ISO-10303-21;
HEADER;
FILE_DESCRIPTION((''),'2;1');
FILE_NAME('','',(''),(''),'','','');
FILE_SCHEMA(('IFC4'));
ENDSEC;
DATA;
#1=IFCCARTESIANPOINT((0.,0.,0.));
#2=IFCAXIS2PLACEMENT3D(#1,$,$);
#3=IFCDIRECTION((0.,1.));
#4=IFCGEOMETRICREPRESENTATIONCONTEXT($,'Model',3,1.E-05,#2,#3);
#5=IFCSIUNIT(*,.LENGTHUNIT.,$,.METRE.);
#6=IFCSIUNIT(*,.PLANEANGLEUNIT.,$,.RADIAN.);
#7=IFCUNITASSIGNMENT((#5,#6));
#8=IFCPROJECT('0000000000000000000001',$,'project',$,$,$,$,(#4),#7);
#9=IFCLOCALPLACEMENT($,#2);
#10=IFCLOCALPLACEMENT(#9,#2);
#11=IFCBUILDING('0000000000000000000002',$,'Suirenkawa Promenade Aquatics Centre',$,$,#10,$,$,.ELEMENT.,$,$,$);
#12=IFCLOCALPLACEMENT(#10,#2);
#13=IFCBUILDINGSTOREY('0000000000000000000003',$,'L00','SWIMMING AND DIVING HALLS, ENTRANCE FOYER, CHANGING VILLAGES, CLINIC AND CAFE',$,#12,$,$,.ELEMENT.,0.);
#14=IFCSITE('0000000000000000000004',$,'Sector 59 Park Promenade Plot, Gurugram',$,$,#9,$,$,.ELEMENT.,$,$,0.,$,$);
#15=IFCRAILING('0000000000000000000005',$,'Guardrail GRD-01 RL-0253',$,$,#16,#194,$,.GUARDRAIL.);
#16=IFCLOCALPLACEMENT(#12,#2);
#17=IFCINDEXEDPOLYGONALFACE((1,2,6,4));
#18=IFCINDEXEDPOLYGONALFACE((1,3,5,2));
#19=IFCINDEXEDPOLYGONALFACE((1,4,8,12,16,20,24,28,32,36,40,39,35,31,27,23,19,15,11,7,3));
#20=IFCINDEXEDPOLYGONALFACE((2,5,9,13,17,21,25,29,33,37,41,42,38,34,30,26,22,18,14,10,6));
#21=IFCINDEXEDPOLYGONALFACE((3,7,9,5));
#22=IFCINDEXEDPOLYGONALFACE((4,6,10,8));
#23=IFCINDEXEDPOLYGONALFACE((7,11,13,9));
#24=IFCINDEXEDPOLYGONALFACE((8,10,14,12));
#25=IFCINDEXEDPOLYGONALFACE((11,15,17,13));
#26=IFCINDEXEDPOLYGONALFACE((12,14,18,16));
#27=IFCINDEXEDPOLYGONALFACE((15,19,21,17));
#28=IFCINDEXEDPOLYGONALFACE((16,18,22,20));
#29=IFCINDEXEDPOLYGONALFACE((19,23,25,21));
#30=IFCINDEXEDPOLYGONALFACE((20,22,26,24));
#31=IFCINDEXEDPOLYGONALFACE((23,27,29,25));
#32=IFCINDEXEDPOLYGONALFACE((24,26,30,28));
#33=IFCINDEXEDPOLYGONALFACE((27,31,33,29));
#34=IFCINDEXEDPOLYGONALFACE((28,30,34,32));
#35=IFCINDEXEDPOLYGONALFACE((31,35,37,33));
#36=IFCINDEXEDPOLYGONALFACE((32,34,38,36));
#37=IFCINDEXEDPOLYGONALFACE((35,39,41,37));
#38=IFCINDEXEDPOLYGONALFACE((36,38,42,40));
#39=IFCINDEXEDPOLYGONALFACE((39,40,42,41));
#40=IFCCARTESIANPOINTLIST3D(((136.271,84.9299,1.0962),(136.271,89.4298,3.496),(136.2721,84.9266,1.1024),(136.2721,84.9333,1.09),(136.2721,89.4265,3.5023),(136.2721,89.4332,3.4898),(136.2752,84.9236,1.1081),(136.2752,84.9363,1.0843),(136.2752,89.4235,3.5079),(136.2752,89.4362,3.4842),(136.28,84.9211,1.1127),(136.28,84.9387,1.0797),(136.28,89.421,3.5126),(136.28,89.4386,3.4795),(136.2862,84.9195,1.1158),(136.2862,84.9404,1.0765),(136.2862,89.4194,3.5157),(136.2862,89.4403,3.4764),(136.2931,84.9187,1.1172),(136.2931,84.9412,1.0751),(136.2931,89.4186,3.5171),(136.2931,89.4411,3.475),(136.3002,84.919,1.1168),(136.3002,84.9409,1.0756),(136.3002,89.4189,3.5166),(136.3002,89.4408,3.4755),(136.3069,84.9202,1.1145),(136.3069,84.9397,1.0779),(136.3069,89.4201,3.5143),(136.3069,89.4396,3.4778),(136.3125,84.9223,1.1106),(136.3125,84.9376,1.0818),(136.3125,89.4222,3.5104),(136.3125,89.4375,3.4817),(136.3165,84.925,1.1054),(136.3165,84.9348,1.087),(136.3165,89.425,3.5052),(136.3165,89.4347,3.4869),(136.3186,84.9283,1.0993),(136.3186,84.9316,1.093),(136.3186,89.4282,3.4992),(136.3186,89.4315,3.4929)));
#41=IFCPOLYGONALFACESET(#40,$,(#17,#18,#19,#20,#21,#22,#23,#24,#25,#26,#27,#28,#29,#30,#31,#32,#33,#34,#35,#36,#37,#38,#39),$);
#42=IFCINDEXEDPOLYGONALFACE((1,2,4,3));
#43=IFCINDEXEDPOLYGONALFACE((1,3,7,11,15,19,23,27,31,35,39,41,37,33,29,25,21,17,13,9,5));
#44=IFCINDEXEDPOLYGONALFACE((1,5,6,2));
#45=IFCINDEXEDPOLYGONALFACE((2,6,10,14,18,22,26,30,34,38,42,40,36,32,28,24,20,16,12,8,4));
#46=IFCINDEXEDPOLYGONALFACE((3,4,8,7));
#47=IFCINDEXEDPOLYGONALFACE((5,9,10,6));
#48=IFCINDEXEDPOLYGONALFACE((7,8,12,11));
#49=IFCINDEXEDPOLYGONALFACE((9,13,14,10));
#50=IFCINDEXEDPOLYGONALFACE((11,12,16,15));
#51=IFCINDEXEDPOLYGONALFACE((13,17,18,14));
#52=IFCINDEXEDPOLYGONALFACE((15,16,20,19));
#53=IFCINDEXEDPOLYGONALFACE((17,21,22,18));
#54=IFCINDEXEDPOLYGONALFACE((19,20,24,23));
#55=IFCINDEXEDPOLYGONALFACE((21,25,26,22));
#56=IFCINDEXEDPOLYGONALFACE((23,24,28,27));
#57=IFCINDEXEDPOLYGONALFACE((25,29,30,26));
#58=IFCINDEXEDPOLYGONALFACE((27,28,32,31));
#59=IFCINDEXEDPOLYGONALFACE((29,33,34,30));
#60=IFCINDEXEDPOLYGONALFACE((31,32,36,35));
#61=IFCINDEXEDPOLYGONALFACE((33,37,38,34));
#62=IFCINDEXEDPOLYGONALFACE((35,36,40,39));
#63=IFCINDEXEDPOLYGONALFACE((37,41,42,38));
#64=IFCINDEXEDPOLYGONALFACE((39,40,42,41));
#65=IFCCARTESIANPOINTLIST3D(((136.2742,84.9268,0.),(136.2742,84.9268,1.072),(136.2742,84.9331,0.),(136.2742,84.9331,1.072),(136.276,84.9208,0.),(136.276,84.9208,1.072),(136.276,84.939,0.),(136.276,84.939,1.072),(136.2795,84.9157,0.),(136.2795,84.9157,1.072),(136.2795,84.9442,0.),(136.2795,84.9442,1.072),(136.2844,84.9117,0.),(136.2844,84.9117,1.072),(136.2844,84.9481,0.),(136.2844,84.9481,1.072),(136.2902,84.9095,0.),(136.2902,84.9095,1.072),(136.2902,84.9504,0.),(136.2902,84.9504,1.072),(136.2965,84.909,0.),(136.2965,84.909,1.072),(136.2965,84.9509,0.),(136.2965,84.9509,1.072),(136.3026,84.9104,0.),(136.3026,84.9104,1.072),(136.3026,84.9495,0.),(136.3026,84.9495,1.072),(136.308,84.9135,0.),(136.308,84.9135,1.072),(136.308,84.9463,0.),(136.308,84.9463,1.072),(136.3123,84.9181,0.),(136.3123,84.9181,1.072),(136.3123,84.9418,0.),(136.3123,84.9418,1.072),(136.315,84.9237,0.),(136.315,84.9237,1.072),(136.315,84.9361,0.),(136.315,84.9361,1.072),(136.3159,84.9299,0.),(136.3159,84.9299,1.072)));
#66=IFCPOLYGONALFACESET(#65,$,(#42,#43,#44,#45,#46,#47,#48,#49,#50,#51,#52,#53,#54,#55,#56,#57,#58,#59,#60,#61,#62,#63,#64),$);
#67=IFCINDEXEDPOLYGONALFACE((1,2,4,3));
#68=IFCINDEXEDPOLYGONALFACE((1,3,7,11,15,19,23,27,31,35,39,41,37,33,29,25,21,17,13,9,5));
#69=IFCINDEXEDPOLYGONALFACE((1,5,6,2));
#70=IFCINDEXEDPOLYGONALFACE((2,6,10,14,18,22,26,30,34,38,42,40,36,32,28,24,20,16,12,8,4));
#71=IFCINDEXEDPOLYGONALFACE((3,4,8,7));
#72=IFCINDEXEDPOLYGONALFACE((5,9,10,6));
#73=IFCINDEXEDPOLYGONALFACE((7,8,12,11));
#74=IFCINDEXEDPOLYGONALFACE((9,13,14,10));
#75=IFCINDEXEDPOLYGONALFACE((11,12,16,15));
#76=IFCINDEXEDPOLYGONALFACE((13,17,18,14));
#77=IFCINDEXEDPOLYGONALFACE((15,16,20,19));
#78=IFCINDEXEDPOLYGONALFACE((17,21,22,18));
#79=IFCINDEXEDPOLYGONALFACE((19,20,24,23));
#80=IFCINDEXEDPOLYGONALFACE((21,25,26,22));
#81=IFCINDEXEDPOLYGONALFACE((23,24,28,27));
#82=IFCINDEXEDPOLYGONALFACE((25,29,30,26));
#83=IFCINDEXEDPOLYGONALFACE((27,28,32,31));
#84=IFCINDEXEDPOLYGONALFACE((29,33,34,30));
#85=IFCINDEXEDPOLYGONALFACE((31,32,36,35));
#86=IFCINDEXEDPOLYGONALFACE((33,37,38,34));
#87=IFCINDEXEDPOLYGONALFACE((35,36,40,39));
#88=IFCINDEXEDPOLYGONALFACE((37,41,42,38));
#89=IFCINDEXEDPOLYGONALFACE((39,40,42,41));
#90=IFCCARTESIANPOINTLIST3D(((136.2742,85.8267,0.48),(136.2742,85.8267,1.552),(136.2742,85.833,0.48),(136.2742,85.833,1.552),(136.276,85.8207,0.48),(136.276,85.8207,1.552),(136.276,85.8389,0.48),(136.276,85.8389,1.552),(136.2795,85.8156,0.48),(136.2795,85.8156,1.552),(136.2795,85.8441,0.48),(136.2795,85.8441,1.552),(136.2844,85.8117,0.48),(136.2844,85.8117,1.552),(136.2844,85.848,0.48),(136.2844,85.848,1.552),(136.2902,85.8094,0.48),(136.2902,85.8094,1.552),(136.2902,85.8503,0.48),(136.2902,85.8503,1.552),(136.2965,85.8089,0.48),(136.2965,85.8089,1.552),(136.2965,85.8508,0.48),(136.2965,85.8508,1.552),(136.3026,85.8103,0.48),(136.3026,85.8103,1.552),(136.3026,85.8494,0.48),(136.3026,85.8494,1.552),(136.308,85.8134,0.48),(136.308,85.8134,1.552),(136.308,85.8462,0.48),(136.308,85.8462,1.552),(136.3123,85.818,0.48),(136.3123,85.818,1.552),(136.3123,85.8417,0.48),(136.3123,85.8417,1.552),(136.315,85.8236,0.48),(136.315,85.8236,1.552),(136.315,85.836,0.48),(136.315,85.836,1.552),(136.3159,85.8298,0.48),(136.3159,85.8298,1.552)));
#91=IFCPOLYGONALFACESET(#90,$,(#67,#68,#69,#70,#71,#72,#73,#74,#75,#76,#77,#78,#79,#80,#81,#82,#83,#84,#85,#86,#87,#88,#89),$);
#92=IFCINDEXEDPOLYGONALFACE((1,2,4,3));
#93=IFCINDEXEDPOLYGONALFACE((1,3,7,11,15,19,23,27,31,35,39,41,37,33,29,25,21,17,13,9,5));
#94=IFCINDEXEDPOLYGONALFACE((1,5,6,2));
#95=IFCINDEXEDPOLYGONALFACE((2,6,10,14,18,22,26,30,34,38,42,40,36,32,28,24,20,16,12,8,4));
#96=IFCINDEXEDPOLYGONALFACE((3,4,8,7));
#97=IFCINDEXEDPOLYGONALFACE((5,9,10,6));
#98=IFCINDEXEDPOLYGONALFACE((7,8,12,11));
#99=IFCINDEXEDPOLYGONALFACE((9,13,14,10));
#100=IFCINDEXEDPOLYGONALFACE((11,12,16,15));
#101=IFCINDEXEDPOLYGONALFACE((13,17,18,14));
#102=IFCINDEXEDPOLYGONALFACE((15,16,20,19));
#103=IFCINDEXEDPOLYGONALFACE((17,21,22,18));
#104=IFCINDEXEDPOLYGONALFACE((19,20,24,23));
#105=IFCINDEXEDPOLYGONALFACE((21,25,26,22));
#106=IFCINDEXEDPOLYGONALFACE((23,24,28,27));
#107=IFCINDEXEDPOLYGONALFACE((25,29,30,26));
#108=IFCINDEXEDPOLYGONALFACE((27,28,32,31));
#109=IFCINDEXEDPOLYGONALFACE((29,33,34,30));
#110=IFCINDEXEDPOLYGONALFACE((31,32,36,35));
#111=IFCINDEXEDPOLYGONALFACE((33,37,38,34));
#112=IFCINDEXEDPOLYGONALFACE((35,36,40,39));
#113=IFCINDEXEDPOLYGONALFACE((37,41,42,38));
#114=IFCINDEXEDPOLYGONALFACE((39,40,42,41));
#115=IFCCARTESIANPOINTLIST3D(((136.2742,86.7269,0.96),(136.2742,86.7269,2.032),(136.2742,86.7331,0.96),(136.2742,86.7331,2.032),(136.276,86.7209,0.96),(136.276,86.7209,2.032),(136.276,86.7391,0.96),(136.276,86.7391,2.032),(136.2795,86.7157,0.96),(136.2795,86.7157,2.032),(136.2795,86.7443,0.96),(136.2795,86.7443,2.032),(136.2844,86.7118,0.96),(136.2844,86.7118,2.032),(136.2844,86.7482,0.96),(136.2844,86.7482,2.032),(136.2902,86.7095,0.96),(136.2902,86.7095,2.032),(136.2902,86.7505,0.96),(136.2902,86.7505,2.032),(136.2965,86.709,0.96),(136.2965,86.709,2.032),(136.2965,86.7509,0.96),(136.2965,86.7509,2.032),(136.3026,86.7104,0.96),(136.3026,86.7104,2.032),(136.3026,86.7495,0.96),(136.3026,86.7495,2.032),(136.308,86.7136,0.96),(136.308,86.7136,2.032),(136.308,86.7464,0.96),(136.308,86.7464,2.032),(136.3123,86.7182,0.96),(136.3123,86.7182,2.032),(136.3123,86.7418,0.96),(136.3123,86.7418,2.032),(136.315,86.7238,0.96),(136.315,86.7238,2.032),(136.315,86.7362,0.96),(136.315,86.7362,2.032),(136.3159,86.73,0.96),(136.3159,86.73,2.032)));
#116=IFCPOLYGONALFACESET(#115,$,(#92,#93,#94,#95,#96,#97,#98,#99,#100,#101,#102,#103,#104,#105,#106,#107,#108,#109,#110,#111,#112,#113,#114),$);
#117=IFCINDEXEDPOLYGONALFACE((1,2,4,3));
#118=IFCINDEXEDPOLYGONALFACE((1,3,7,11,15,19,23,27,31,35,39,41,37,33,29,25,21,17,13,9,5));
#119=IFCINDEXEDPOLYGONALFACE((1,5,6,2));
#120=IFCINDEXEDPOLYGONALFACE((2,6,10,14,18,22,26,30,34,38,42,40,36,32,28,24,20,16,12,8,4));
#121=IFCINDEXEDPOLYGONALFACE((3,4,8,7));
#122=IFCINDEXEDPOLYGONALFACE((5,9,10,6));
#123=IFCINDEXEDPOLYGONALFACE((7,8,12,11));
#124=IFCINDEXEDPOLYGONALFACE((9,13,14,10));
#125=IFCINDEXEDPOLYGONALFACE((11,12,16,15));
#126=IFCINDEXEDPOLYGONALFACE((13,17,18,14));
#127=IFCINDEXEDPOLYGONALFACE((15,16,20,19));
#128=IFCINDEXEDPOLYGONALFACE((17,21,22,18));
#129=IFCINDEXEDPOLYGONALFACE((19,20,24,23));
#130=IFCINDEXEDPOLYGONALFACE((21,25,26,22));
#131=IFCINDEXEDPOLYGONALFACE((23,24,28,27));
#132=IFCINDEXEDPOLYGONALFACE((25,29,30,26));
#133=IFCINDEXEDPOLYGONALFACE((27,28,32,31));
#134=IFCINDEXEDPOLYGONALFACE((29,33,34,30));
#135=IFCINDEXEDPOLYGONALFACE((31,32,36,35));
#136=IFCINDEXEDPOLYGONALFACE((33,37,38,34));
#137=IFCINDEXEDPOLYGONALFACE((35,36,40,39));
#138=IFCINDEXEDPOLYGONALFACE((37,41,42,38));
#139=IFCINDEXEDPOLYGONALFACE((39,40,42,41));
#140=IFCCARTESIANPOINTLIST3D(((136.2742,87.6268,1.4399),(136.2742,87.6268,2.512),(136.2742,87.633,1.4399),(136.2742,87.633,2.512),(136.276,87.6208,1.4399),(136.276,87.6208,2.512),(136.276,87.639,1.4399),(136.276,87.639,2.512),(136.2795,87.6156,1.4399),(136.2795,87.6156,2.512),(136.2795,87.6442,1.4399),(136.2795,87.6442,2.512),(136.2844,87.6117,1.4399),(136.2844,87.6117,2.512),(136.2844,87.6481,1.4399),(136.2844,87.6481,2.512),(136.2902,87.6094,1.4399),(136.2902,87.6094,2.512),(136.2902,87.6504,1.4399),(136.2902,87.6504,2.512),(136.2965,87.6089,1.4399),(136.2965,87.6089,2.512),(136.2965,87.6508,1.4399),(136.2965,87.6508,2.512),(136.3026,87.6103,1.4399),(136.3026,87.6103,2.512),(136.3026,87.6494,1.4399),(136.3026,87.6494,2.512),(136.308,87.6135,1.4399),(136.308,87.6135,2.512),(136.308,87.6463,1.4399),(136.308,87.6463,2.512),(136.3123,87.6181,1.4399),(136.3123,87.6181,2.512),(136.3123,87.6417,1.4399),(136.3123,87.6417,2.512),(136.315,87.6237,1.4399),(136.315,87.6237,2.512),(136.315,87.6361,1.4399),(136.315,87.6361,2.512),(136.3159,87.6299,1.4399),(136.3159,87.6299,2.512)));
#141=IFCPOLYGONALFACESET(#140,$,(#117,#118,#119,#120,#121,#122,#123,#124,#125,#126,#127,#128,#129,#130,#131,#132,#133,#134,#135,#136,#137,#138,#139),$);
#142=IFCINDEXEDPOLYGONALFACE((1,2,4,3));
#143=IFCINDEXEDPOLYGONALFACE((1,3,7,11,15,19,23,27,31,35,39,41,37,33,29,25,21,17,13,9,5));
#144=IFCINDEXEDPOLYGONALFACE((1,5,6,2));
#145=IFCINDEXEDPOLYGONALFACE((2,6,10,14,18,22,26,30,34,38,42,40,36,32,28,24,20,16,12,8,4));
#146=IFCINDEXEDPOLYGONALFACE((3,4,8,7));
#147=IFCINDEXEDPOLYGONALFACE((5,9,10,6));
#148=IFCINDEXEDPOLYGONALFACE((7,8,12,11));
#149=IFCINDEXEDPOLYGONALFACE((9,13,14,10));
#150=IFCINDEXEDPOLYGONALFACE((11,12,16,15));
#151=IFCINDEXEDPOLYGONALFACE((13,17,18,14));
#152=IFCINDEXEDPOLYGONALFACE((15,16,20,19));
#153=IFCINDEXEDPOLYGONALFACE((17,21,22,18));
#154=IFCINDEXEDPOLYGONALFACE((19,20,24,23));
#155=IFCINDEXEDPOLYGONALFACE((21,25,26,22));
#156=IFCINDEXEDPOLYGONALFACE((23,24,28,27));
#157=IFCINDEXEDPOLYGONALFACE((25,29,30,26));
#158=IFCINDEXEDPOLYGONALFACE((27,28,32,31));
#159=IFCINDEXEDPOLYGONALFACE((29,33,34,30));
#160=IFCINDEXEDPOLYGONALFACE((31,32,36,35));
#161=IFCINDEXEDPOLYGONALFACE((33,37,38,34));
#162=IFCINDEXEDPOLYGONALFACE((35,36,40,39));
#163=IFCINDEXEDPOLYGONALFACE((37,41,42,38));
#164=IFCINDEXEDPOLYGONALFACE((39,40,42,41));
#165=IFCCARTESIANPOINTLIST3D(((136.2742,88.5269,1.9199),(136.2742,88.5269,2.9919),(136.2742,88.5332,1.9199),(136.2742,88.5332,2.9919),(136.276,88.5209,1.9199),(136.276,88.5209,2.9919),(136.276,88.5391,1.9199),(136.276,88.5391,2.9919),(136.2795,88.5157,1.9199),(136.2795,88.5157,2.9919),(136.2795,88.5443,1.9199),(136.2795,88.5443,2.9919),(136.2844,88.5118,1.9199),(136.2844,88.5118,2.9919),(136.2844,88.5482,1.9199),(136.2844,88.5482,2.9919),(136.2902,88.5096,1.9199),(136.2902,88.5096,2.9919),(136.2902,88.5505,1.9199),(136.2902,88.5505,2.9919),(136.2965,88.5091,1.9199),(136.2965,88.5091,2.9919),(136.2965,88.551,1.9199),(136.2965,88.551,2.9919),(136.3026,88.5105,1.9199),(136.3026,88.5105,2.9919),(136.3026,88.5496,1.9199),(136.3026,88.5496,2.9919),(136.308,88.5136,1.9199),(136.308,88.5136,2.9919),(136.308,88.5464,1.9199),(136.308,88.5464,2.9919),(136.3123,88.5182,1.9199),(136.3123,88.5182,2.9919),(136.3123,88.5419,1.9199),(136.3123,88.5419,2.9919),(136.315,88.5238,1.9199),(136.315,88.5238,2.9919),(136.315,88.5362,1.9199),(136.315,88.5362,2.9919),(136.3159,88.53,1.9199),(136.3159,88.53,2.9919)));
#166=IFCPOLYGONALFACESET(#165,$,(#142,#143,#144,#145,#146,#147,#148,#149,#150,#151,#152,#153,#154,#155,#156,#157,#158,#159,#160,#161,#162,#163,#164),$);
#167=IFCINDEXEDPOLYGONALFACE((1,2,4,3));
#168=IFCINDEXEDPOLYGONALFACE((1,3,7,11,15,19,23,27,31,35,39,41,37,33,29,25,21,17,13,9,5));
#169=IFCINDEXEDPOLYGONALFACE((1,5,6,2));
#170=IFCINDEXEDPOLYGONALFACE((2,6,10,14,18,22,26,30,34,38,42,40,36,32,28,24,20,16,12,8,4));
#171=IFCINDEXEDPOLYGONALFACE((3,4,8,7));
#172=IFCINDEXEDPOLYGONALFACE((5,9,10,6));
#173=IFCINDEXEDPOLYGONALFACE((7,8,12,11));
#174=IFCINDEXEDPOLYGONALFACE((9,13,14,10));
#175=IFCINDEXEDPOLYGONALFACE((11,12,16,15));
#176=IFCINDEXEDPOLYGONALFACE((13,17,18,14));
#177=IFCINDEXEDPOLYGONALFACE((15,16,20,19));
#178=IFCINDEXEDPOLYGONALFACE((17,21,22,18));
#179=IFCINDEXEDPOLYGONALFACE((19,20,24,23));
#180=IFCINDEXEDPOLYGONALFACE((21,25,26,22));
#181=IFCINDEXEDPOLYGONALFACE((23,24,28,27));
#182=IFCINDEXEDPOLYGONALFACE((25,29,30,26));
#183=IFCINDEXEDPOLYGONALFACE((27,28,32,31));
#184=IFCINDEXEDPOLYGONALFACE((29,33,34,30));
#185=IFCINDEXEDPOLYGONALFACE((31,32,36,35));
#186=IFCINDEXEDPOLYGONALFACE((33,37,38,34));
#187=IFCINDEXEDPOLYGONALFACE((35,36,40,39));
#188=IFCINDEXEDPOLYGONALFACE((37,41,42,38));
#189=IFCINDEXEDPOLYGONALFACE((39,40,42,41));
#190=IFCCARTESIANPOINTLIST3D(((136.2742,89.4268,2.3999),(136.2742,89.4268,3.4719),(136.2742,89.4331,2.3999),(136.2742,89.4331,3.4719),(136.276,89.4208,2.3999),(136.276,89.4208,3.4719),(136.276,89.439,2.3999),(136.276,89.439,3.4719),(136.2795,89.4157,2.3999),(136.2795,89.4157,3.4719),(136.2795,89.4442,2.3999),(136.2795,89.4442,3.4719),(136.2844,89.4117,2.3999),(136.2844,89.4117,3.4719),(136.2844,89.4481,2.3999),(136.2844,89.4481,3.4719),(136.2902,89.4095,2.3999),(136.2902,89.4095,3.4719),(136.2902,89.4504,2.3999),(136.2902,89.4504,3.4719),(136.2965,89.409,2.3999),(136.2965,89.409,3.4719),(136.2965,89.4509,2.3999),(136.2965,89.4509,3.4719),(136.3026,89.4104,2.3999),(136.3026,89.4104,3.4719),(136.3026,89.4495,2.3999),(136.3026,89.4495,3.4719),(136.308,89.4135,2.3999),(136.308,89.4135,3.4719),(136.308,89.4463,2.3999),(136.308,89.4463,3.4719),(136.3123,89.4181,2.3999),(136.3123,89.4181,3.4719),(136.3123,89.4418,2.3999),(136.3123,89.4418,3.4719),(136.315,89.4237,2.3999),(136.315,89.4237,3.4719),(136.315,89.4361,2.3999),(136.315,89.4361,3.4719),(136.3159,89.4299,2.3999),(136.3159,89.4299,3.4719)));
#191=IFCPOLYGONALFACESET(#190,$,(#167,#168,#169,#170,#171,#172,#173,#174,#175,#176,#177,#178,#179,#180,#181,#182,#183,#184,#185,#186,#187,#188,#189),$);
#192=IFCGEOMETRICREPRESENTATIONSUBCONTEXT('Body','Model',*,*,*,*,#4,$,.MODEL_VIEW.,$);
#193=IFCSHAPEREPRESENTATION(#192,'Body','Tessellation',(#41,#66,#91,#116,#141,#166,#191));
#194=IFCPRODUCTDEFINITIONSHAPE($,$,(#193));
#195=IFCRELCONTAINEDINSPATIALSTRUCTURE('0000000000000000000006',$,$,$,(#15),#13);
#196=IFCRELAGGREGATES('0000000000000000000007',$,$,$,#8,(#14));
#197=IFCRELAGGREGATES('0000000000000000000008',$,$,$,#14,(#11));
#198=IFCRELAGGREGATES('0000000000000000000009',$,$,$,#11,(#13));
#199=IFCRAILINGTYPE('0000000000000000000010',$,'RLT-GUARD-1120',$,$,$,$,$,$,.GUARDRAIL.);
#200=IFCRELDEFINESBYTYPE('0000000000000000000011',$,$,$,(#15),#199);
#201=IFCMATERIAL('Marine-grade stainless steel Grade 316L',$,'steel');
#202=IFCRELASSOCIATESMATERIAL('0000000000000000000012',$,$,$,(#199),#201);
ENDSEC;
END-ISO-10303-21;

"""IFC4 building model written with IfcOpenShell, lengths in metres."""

from ifc_helpers import new_model, si_unit, direction, frame, origin, origin_2d, place, context, subcontext, project, spatial, circle, extrude, material, type_object, element, save


model = new_model("IFC4")

# Units and contexts
model_context = context("Model", 3, precision=1e-05, world=origin(), true_north=direction((0.0, 1.0)))
body_context = subcontext(model_context, "Body", "Model", "MODEL_VIEW")
ifc_project = project(units=[si_unit("LENGTHUNIT", "METRE"), si_unit("PLANEANGLEUNIT", "RADIAN")], contexts=[model_context])

# Site, building, storey
site_placement = place(None, origin())
site = spatial("IfcSite", under=ifc_project, at=site_placement, Name="Sector 59 Park Promenade Plot, Gurugram", CompositionType="ELEMENT", RefElevation=0.0)
building_placement = place(site_placement, origin())
building = spatial("IfcBuilding", under=site, at=building_placement, Name="Suirenkawa Promenade Aquatics Centre", CompositionType="ELEMENT")
storey_placement = place(building_placement, origin())
storey = spatial("IfcBuildingStorey", under=building, at=storey_placement, Name="L00", Description="SWIMMING AND DIVING HALLS, ENTRANCE FOYER, CHANGING VILLAGES, CLINIC AND CAFE", CompositionType="ELEMENT", Elevation=0.0)

# Railing
ifc_material_1 = material(Name="Marine-grade stainless steel Grade 316L", Category="steel")
railing_type_1 = type_object("IfcRailingType", Name="RLT-GUARD-1120", PredefinedType="GUARDRAIL", material=ifc_material_1)
for number, where, name in (
    (1, (136.2949, 84.9299, 0.0), "Guardrail GRD-01 RL-0253"),
):
    element("IfcRailing", number, at=place(storey_placement, frame(where)), inside=storey, type_object=railing_type_1, Name=name, PredefinedType="GUARDRAIL", context=body_context, shape_type="SweptSolid", body=[
        extrude(circle(Radius=0.0239, at=origin_2d()), frame((0.0, 0.0, 1.0962), z_axis=(0.0, 0.882361, 0.470573), x_axis=(-1.0, 0.0, 0.0)), (0.0, 0.0, 1.0), 5.0999),
        extrude(circle(Radius=0.021, at=origin_2d()), origin(), (0.0, 0.0, 1.0), 1.072),
        extrude(circle(Radius=0.021, at=origin_2d()), frame((0.0, 0.8999, 0.48)), (0.0, 0.0, 1.0), 1.072),
        extrude(circle(Radius=0.021, at=origin_2d()), frame((0.0, 1.8, 0.96)), (0.0, 0.0, 1.0), 1.072),
        extrude(circle(Radius=0.021, at=origin_2d()), frame((0.0, 2.7, 1.4399)), (0.0, 0.0, 1.0), 1.072),
        extrude(circle(Radius=0.021, at=origin_2d()), frame((0.0, 3.6001, 1.9199)), (0.0, 0.0, 1.0), 1.072),
        extrude(circle(Radius=0.021, at=origin_2d()), frame((0.0, 4.5, 2.3999)), (0.0, 0.0, 1.0), 1.072),
    ])

save(model, "model.ifc")
